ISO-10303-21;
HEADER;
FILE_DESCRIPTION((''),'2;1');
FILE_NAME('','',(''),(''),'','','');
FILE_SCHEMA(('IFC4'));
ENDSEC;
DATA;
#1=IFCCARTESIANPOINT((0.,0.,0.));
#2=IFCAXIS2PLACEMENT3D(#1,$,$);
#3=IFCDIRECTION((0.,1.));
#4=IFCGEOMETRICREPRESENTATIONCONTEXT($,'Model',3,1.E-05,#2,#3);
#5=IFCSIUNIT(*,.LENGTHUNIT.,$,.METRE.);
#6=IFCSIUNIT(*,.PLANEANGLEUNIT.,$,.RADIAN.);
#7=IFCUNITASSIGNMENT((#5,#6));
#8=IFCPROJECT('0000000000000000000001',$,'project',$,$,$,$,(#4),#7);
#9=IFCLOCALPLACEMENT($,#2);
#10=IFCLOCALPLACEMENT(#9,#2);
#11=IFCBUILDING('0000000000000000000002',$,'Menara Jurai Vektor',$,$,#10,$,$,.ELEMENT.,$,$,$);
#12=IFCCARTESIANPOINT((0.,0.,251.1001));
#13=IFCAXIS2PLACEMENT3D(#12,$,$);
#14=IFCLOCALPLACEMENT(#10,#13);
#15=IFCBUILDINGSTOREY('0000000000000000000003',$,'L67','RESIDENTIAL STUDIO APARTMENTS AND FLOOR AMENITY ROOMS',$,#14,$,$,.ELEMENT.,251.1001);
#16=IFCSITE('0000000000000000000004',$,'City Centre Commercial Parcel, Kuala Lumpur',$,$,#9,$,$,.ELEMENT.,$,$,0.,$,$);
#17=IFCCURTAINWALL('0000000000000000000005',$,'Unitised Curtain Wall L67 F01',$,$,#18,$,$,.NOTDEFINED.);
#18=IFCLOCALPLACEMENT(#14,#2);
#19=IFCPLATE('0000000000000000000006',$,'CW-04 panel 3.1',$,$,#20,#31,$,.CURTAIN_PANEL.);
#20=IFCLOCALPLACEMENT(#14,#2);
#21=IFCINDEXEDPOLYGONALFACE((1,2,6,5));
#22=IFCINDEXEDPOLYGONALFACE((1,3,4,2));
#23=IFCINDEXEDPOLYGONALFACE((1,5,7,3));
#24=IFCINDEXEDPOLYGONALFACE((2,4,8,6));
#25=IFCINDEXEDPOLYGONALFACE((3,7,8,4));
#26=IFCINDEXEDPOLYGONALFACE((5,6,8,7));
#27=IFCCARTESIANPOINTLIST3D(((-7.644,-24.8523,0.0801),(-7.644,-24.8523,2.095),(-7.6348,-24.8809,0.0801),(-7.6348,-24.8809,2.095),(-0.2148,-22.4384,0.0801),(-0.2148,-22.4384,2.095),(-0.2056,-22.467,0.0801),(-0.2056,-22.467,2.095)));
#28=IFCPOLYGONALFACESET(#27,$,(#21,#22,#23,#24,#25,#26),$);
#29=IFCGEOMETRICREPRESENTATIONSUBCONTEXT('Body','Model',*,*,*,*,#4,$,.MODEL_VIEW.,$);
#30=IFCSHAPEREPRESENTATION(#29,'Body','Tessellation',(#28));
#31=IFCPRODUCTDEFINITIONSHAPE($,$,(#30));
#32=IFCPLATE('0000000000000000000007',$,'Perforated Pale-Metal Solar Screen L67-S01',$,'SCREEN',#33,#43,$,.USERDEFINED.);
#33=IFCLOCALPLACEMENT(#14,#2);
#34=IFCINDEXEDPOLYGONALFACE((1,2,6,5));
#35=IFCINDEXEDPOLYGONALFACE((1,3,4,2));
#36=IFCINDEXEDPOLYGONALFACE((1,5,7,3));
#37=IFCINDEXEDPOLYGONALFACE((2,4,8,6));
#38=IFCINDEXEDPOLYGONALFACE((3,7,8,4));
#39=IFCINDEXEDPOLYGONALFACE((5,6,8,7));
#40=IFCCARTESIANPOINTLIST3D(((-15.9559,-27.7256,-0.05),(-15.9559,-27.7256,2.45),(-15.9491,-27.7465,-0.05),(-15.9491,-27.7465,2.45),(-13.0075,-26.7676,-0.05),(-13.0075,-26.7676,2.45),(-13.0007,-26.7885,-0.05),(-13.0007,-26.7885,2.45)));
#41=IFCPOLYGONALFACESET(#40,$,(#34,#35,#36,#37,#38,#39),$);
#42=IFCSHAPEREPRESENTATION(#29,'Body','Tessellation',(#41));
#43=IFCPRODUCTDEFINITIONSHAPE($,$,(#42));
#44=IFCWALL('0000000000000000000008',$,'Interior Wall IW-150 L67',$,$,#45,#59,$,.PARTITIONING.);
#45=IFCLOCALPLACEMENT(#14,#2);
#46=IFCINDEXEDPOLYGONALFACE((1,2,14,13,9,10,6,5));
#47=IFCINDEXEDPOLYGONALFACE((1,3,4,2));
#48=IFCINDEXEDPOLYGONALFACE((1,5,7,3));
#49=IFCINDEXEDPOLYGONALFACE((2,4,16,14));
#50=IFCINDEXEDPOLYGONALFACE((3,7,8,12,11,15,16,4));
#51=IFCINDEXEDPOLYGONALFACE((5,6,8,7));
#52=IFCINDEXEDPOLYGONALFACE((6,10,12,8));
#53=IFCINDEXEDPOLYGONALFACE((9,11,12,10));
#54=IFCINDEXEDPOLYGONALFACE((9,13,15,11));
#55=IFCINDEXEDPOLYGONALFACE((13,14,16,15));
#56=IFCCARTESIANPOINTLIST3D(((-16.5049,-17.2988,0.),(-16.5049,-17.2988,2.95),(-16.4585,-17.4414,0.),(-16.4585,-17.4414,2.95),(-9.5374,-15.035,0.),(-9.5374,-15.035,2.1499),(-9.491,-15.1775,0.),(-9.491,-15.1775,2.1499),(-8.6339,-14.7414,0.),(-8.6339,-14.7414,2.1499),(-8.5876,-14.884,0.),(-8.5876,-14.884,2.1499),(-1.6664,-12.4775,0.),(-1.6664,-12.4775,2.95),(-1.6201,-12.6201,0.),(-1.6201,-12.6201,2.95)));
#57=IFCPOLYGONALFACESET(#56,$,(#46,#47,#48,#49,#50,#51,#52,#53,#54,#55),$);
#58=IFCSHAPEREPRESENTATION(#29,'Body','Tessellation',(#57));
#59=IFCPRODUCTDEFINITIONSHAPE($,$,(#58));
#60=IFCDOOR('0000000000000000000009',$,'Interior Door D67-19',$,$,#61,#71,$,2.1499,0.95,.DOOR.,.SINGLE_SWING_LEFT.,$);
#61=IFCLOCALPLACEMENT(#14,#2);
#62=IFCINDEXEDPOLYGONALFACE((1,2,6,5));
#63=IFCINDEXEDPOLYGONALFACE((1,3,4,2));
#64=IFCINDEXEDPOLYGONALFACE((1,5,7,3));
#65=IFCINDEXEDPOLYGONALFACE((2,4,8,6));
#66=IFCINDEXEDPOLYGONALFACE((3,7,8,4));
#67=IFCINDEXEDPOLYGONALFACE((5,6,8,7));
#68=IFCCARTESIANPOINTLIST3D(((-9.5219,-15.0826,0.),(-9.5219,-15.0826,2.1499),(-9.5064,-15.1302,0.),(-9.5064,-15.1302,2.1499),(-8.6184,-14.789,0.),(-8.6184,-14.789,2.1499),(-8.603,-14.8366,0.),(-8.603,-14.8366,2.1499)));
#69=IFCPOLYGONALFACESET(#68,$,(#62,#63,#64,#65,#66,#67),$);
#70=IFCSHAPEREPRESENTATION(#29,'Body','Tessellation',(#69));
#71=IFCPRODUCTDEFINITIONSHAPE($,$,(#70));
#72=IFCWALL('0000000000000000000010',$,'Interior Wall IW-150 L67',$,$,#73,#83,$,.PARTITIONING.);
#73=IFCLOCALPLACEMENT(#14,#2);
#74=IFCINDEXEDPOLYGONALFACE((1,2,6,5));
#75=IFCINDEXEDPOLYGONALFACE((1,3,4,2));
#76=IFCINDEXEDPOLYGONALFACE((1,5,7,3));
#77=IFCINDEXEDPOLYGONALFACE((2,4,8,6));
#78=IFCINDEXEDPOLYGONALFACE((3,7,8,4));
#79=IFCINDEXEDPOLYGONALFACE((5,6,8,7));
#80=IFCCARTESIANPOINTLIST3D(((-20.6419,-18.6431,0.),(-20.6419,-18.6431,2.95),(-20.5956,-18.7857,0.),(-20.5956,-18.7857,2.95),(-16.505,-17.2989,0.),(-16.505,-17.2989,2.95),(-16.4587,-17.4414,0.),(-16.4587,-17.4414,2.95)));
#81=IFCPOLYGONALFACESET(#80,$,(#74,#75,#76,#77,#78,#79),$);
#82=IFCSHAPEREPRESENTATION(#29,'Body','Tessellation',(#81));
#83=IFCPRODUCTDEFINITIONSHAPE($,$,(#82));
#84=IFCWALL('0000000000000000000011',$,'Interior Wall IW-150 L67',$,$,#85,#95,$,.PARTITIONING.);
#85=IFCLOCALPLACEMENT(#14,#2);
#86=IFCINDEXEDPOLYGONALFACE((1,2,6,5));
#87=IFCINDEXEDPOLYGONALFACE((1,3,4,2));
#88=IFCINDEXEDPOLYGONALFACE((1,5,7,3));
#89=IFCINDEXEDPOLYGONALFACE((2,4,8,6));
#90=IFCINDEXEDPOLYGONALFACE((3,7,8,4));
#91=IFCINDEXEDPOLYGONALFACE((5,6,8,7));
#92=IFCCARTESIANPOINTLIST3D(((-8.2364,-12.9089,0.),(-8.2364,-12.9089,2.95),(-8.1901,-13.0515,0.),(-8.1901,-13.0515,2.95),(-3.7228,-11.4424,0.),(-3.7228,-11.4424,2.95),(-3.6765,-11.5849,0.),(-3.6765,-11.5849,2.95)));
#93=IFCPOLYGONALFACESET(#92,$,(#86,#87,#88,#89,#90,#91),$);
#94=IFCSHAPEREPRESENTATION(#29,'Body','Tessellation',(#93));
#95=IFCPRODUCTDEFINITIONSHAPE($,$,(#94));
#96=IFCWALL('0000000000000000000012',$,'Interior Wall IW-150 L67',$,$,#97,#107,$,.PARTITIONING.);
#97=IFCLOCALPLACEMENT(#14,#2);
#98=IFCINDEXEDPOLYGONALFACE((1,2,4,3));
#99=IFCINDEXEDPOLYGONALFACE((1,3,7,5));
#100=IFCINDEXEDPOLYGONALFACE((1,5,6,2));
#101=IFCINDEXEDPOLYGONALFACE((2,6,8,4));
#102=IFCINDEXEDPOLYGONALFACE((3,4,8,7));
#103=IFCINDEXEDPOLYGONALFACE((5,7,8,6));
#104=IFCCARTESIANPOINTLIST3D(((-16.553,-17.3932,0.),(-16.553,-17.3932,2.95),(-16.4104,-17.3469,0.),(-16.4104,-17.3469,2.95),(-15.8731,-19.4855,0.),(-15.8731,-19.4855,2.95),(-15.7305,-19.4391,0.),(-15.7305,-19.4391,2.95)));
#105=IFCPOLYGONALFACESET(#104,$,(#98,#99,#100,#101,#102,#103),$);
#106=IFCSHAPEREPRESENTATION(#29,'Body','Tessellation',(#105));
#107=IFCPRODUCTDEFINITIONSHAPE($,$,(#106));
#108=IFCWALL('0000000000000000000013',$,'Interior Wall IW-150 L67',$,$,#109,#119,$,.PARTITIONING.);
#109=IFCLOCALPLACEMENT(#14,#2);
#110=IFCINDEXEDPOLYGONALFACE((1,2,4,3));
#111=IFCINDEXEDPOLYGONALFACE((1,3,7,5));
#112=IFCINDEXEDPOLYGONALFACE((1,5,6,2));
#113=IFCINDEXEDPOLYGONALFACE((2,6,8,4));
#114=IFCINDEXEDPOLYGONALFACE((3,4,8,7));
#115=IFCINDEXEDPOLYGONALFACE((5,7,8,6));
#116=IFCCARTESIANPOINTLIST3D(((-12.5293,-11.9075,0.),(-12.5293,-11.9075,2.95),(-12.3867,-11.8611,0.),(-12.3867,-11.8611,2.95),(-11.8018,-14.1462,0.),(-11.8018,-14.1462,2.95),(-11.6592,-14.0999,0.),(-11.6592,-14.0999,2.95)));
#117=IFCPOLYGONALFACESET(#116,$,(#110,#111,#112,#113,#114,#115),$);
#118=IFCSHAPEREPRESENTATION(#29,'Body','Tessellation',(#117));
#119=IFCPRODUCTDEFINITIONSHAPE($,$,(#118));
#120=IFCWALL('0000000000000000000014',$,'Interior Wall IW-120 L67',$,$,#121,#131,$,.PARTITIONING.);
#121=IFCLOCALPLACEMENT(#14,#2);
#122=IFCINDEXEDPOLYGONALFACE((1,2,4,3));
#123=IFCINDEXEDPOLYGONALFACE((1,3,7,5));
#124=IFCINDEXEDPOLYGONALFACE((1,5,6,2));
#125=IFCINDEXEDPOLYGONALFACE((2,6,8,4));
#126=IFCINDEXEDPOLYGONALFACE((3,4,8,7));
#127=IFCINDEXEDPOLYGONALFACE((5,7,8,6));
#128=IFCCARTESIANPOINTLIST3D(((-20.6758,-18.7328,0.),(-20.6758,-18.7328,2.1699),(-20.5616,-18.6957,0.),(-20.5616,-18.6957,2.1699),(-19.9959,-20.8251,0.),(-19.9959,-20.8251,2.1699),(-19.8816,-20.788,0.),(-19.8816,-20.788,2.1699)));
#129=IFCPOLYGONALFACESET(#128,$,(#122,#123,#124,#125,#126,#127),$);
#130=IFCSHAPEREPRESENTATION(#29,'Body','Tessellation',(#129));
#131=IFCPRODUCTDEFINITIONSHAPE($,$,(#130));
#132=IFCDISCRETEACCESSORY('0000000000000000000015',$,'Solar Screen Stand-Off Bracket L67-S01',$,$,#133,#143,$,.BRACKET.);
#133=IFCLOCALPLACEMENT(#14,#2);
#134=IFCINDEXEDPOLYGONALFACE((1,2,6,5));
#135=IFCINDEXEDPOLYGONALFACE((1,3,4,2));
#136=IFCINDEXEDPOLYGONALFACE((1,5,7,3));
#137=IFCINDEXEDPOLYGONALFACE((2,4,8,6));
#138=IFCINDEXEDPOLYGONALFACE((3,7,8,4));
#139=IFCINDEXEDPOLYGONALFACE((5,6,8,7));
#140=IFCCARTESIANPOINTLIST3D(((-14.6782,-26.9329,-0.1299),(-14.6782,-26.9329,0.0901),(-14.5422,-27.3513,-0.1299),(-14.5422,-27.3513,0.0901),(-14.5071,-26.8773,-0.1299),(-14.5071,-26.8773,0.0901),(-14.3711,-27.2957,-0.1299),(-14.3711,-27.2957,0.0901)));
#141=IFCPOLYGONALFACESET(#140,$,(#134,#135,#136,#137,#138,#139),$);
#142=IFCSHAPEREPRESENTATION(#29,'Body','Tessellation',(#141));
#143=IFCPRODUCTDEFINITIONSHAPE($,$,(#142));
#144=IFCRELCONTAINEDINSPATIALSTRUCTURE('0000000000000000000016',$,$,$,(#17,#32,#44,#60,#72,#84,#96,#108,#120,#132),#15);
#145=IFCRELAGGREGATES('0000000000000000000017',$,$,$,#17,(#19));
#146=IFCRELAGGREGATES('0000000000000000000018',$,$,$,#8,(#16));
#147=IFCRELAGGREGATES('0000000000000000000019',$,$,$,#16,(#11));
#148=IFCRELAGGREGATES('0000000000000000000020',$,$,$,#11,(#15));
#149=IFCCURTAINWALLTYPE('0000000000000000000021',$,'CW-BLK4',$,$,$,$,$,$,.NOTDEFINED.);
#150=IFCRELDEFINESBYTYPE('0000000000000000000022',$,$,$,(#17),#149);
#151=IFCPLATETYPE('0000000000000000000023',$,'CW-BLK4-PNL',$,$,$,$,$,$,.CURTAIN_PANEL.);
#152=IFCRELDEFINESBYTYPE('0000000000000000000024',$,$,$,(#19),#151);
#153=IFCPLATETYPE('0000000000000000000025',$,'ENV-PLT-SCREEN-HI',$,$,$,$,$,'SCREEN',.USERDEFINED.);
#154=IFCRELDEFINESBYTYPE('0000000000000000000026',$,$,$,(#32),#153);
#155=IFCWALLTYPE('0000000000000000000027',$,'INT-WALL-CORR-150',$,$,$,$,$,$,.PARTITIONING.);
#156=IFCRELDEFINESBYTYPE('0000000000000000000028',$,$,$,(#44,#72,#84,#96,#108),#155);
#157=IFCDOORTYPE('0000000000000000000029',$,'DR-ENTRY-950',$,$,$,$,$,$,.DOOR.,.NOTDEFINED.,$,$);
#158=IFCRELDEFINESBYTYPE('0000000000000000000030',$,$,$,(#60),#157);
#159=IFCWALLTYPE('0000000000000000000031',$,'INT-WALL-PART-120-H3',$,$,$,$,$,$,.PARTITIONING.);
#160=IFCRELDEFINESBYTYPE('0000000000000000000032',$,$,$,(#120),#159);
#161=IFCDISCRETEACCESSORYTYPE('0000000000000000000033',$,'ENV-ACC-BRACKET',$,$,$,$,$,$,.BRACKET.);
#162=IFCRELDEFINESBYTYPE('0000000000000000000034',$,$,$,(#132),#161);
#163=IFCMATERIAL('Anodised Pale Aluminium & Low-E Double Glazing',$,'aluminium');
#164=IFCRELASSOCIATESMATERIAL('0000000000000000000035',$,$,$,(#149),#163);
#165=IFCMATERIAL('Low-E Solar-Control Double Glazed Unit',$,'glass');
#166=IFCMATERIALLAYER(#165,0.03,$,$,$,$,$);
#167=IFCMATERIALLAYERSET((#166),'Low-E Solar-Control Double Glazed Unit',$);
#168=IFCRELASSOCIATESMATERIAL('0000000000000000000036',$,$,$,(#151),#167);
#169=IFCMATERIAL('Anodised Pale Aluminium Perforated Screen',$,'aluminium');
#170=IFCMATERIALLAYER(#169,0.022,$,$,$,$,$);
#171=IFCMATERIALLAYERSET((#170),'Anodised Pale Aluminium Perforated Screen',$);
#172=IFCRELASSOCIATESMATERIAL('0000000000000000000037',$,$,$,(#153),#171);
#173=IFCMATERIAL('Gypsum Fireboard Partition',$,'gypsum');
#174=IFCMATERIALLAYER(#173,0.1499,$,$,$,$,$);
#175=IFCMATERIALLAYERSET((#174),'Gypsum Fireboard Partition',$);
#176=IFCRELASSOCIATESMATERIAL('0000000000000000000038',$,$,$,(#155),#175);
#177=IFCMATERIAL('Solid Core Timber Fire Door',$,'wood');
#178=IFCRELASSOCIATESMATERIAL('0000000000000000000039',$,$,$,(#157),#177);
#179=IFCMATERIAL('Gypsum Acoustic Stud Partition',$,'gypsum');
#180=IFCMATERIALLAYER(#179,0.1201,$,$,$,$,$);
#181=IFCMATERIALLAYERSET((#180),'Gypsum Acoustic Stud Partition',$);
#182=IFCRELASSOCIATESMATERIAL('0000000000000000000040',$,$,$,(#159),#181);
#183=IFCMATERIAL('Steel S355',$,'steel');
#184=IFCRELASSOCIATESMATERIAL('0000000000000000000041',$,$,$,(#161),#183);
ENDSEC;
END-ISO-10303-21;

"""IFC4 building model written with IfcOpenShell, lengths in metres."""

from ifc_helpers import new_model, si_unit, direction, frame, frame_2d, origin, origin_2d, place, context, subcontext, project, spatial, rectangle, extrude, material, layer, layer_set, type_object, element, fill, aggregate, save


model = new_model("IFC4")

# Units and contexts
model_context = context("Model", 3, precision=1e-05, world=origin(), true_north=direction((0.0, 1.0)))
body_context = subcontext(model_context, "Body", "Model", "MODEL_VIEW")
ifc_project = project(units=[si_unit("LENGTHUNIT", "METRE"), si_unit("PLANEANGLEUNIT", "RADIAN")], contexts=[model_context])

# Site, building, storey
site_placement = place(None, origin())
site = spatial("IfcSite", under=ifc_project, at=site_placement, Name="City Centre Commercial Parcel, Kuala Lumpur", CompositionType="ELEMENT", RefElevation=0.0)
building_placement = place(site_placement, origin())
building = spatial("IfcBuilding", under=site, at=building_placement, Name="Menara Jurai Vektor", CompositionType="ELEMENT")
storey_placement = place(building_placement, frame((0.0, 0.0, 251.1001)))
storey = spatial("IfcBuildingStorey", under=building, at=storey_placement, Name="L67", Description="RESIDENTIAL STUDIO APARTMENTS AND FLOOR AMENITY ROOMS", CompositionType="ELEMENT", Elevation=251.1001)

# Curtain wall
ifc_material_1 = material(Name="Anodised Pale Aluminium & Low-E Double Glazing", Category="aluminium")
curtain_wall_type = type_object("IfcCurtainWallType", Name="CW-BLK4", PredefinedType="NOTDEFINED", material=ifc_material_1)
curtain_wall_placement = place(storey_placement, origin())
curtain_wall = element("IfcCurtainWall", 1, at=curtain_wall_placement, inside=storey, type_object=curtain_wall_type, Name="Unitised Curtain Wall L67 F01", PredefinedType="NOTDEFINED")

# Shared definitions
ifc_material_2 = material(Name="Steel S355", Category="steel")

# Plates
ifc_material_3 = material(Name="Low-E Solar-Control Double Glazed Unit", Category="glass")
ifc_layer_1 = layer(ifc_material_3, 0.03)
ifc_layer_set_1 = layer_set([ifc_layer_1], Name="Low-E Solar-Control Double Glazed Unit")
plate_type_1 = type_object("IfcPlateType", Name="CW-BLK4-PNL", PredefinedType="CURTAIN_PANEL", material=ifc_layer_set_1)
plate_1_placement = place(storey_placement, frame((-3.9248, -23.6597, 0.0801), z_axis=(0.0, 0.0, 1.0), x_axis=(0.951056, 0.309017, 0.0)))
plate_1 = element("IfcPlate", 2, at=plate_1_placement, type_object=plate_type_1, Name="CW-04 panel 3.1", PredefinedType="CURTAIN_PANEL", context=body_context, shape_type="SweptSolid", body=[
    extrude(rectangle(XDim=7.8115, YDim=0.03, at=origin_2d()), origin(), (0.0, 0.0, 1.0), 2.0149),
])
aggregate(curtain_wall, [plate_1])
ifc_material_4 = material(Name="Anodised Pale Aluminium Perforated Screen", Category="aluminium")
ifc_layer_2 = layer(ifc_material_4, 0.022)
ifc_layer_set_2 = layer_set([ifc_layer_2], Name="Anodised Pale Aluminium Perforated Screen")
plate_type_2 = type_object("IfcPlateType", Name="ENV-PLT-SCREEN-HI", ElementType="SCREEN", PredefinedType="USERDEFINED", material=ifc_layer_set_2)
plate_2_placement = place(storey_placement, frame((-14.4783, -27.2571, -0.05), z_axis=(0.0, 0.0, 1.0), x_axis=(0.951057, 0.309017, 0.0)))
element("IfcPlate", 3, at=plate_2_placement, inside=storey, type_object=plate_type_2, Name="Perforated Pale-Metal Solar Screen L67-S01", ObjectType="SCREEN", PredefinedType="USERDEFINED", context=body_context, shape_type="SweptSolid", body=[
    extrude(rectangle(XDim=3.1001, YDim=0.022, at=origin_2d()), origin(), (0.0, 0.0, 1.0), 2.5),
])

# Wall, opening, door
ifc_material_5 = material(Name="Gypsum Fireboard Partition", Category="gypsum")
ifc_layer_3 = layer(ifc_material_5, 0.1499)
ifc_layer_set_3 = layer_set([ifc_layer_3], Name="Gypsum Fireboard Partition")
wall_type_1 = type_object("IfcWallType", Name="INT-WALL-CORR-150", PredefinedType="PARTITIONING", material=ifc_layer_set_3)
wall_1_placement = place(storey_placement, frame((-16.4817, -17.3701, 0.0), z_axis=(0.0, 0.0, 1.0), x_axis=(0.951056, 0.309017, 0.0)))
wall_1 = element("IfcWall", 4, at=wall_1_placement, inside=storey, type_object=wall_type_1, Name="Interior Wall IW-150 L67", PredefinedType="PARTITIONING", context=body_context, shape_type="SweptSolid", body=[
    extrude(rectangle(XDim=15.6021, YDim=0.1499, at=frame_2d((7.801, 0.0))), origin(), (0.0, 0.0, 1.0), 2.95),
])
opening_1_placement = place(wall_1_placement, frame((7.3259, 0.0, 0.0)))
opening_1 = element("IfcOpeningElement", 5, at=opening_1_placement, cuts=wall_1, PredefinedType="OPENING", context=body_context, shape_type="SweptSolid", body=[
    extrude(rectangle(XDim=0.95, YDim=2.1499, at=frame_2d((0.4751, 1.075))), frame((0.0, 0.085, 0.0), z_axis=(0.0, -1.0, 0.0), x_axis=(1.0, 0.0, 0.0)), (0.0, 0.0, 1.0), 0.1699),
])
ifc_material_6 = material(Name="Solid Core Timber Fire Door", Category="wood")
door_type_1 = type_object("IfcDoorType", Name="DR-ENTRY-950", OperationType="NOTDEFINED", PredefinedType="DOOR", material=ifc_material_6)
door_1_placement = place(opening_1_placement, origin())
door_1 = element("IfcDoor", 6, at=door_1_placement, inside=storey, type_object=door_type_1, Name="Interior Door D67-19", OperationType="SINGLE_SWING_LEFT", OverallHeight=2.1499, OverallWidth=0.95, PredefinedType="DOOR", context=body_context, shape_type="SweptSolid", body=[
    extrude(rectangle(XDim=0.95, YDim=2.1499, at=frame_2d((0.4751, 1.075))), frame((0.0, 0.0249, 0.0), z_axis=(0.0, -1.0, 0.0), x_axis=(1.0, 0.0, 0.0)), (0.0, 0.0, 1.0), 0.05),
])
fill(opening_1, door_1)

# Wall
wall_2_placement = place(storey_placement, frame((-20.6187, -18.7144, 0.0), z_axis=(0.0, 0.0, 1.0), x_axis=(0.951053, 0.309029, 0.0)))
element("IfcWall", 7, at=wall_2_placement, inside=storey, type_object=wall_type_1, Name="Interior Wall IW-150 L67", PredefinedType="PARTITIONING", context=body_context, shape_type="SweptSolid", body=[
    extrude(rectangle(XDim=4.3499, YDim=0.1499, at=frame_2d((2.1748, 0.0))), origin(), (0.0, 0.0, 1.0), 2.95),
])

# Wall
wall_3_placement = place(storey_placement, frame((-8.2134, -12.9802, 0.0), z_axis=(0.0, 0.0, 1.0), x_axis=(0.951058, 0.309012, 0.0)))
element("IfcWall", 8, at=wall_3_placement, inside=storey, type_object=wall_type_1, Name="Interior Wall IW-150 L67", PredefinedType="PARTITIONING", context=body_context, shape_type="SweptSolid", body=[
    extrude(rectangle(XDim=4.7458, YDim=0.1499, at=frame_2d((2.373, 0.0))), origin(), (0.0, 0.0, 1.0), 2.95),
])

# Walls
wall_4_placement = place(storey_placement, frame((-15.8018, -19.4624, 0.0), z_axis=(0.0, 0.0, 1.0), x_axis=(-0.309061, 0.951042, 0.0)))
element("IfcWall", 9, at=wall_4_placement, inside=storey, type_object=wall_type_1, Name="Interior Wall IW-150 L67", PredefinedType="PARTITIONING", context=body_context, shape_type="SweptSolid", body=[
    extrude(rectangle(XDim=2.2, YDim=0.1499, at=frame_2d((1.1001, 0.0))), origin(), (0.0, 0.0, 1.0), 2.95),
])
wall_5_placement = place(storey_placement, frame((-11.7305, -14.123, 0.0), z_axis=(0.0, 0.0, 1.0), x_axis=(-0.309063, 0.951042, 0.0)))
element("IfcWall", 10, at=wall_5_placement, inside=storey, type_object=wall_type_1, Name="Interior Wall IW-150 L67", PredefinedType="PARTITIONING", context=body_context, shape_type="SweptSolid", body=[
    extrude(rectangle(XDim=2.354, YDim=0.1499, at=frame_2d((1.177, 0.0))), origin(), (0.0, 0.0, 1.0), 2.95),
])
ifc_material_7 = material(Name="Gypsum Acoustic Stud Partition", Category="gypsum")
ifc_layer_4 = layer(ifc_material_7, 0.1201)
ifc_layer_set_4 = layer_set([ifc_layer_4], Name="Gypsum Acoustic Stud Partition")
wall_type_2 = type_object("IfcWallType", Name="INT-WALL-PART-120-H3", PredefinedType="PARTITIONING", material=ifc_layer_set_4)
wall_6_placement = place(storey_placement, frame((-19.9387, -20.8066, 0.0), z_axis=(0.0, 0.0, 1.0), x_axis=(-0.309061, 0.951042, 0.0)))
element("IfcWall", 11, at=wall_6_placement, inside=storey, type_object=wall_type_2, Name="Interior Wall IW-120 L67", PredefinedType="PARTITIONING", context=body_context, shape_type="SweptSolid", body=[
    extrude(rectangle(XDim=2.2, YDim=0.1201, at=frame_2d((1.1001, 0.0))), origin(), (0.0, 0.0, 1.0), 2.1699),
])

# Discrete accessory
discrete_accessory_type = type_object("IfcDiscreteAccessoryType", Name="ENV-ACC-BRACKET", PredefinedType="BRACKET", material=ifc_material_2)
discrete_accessory_placement = place(storey_placement, frame((-14.5247, -27.1143, -0.1299), z_axis=(0.0, 0.0, 1.0), x_axis=(0.951057, 0.309017, 0.0)))
element("IfcDiscreteAccessory", 12, at=discrete_accessory_placement, inside=storey, type_object=discrete_accessory_type, Name="Solar Screen Stand-Off Bracket L67-S01", PredefinedType="BRACKET", context=body_context, shape_type="SweptSolid", body=[
    extrude(rectangle(XDim=0.1799, YDim=0.4399, at=origin_2d()), origin(), (0.0, 0.0, 1.0), 0.22),
])

save(model, "model.ifc")
